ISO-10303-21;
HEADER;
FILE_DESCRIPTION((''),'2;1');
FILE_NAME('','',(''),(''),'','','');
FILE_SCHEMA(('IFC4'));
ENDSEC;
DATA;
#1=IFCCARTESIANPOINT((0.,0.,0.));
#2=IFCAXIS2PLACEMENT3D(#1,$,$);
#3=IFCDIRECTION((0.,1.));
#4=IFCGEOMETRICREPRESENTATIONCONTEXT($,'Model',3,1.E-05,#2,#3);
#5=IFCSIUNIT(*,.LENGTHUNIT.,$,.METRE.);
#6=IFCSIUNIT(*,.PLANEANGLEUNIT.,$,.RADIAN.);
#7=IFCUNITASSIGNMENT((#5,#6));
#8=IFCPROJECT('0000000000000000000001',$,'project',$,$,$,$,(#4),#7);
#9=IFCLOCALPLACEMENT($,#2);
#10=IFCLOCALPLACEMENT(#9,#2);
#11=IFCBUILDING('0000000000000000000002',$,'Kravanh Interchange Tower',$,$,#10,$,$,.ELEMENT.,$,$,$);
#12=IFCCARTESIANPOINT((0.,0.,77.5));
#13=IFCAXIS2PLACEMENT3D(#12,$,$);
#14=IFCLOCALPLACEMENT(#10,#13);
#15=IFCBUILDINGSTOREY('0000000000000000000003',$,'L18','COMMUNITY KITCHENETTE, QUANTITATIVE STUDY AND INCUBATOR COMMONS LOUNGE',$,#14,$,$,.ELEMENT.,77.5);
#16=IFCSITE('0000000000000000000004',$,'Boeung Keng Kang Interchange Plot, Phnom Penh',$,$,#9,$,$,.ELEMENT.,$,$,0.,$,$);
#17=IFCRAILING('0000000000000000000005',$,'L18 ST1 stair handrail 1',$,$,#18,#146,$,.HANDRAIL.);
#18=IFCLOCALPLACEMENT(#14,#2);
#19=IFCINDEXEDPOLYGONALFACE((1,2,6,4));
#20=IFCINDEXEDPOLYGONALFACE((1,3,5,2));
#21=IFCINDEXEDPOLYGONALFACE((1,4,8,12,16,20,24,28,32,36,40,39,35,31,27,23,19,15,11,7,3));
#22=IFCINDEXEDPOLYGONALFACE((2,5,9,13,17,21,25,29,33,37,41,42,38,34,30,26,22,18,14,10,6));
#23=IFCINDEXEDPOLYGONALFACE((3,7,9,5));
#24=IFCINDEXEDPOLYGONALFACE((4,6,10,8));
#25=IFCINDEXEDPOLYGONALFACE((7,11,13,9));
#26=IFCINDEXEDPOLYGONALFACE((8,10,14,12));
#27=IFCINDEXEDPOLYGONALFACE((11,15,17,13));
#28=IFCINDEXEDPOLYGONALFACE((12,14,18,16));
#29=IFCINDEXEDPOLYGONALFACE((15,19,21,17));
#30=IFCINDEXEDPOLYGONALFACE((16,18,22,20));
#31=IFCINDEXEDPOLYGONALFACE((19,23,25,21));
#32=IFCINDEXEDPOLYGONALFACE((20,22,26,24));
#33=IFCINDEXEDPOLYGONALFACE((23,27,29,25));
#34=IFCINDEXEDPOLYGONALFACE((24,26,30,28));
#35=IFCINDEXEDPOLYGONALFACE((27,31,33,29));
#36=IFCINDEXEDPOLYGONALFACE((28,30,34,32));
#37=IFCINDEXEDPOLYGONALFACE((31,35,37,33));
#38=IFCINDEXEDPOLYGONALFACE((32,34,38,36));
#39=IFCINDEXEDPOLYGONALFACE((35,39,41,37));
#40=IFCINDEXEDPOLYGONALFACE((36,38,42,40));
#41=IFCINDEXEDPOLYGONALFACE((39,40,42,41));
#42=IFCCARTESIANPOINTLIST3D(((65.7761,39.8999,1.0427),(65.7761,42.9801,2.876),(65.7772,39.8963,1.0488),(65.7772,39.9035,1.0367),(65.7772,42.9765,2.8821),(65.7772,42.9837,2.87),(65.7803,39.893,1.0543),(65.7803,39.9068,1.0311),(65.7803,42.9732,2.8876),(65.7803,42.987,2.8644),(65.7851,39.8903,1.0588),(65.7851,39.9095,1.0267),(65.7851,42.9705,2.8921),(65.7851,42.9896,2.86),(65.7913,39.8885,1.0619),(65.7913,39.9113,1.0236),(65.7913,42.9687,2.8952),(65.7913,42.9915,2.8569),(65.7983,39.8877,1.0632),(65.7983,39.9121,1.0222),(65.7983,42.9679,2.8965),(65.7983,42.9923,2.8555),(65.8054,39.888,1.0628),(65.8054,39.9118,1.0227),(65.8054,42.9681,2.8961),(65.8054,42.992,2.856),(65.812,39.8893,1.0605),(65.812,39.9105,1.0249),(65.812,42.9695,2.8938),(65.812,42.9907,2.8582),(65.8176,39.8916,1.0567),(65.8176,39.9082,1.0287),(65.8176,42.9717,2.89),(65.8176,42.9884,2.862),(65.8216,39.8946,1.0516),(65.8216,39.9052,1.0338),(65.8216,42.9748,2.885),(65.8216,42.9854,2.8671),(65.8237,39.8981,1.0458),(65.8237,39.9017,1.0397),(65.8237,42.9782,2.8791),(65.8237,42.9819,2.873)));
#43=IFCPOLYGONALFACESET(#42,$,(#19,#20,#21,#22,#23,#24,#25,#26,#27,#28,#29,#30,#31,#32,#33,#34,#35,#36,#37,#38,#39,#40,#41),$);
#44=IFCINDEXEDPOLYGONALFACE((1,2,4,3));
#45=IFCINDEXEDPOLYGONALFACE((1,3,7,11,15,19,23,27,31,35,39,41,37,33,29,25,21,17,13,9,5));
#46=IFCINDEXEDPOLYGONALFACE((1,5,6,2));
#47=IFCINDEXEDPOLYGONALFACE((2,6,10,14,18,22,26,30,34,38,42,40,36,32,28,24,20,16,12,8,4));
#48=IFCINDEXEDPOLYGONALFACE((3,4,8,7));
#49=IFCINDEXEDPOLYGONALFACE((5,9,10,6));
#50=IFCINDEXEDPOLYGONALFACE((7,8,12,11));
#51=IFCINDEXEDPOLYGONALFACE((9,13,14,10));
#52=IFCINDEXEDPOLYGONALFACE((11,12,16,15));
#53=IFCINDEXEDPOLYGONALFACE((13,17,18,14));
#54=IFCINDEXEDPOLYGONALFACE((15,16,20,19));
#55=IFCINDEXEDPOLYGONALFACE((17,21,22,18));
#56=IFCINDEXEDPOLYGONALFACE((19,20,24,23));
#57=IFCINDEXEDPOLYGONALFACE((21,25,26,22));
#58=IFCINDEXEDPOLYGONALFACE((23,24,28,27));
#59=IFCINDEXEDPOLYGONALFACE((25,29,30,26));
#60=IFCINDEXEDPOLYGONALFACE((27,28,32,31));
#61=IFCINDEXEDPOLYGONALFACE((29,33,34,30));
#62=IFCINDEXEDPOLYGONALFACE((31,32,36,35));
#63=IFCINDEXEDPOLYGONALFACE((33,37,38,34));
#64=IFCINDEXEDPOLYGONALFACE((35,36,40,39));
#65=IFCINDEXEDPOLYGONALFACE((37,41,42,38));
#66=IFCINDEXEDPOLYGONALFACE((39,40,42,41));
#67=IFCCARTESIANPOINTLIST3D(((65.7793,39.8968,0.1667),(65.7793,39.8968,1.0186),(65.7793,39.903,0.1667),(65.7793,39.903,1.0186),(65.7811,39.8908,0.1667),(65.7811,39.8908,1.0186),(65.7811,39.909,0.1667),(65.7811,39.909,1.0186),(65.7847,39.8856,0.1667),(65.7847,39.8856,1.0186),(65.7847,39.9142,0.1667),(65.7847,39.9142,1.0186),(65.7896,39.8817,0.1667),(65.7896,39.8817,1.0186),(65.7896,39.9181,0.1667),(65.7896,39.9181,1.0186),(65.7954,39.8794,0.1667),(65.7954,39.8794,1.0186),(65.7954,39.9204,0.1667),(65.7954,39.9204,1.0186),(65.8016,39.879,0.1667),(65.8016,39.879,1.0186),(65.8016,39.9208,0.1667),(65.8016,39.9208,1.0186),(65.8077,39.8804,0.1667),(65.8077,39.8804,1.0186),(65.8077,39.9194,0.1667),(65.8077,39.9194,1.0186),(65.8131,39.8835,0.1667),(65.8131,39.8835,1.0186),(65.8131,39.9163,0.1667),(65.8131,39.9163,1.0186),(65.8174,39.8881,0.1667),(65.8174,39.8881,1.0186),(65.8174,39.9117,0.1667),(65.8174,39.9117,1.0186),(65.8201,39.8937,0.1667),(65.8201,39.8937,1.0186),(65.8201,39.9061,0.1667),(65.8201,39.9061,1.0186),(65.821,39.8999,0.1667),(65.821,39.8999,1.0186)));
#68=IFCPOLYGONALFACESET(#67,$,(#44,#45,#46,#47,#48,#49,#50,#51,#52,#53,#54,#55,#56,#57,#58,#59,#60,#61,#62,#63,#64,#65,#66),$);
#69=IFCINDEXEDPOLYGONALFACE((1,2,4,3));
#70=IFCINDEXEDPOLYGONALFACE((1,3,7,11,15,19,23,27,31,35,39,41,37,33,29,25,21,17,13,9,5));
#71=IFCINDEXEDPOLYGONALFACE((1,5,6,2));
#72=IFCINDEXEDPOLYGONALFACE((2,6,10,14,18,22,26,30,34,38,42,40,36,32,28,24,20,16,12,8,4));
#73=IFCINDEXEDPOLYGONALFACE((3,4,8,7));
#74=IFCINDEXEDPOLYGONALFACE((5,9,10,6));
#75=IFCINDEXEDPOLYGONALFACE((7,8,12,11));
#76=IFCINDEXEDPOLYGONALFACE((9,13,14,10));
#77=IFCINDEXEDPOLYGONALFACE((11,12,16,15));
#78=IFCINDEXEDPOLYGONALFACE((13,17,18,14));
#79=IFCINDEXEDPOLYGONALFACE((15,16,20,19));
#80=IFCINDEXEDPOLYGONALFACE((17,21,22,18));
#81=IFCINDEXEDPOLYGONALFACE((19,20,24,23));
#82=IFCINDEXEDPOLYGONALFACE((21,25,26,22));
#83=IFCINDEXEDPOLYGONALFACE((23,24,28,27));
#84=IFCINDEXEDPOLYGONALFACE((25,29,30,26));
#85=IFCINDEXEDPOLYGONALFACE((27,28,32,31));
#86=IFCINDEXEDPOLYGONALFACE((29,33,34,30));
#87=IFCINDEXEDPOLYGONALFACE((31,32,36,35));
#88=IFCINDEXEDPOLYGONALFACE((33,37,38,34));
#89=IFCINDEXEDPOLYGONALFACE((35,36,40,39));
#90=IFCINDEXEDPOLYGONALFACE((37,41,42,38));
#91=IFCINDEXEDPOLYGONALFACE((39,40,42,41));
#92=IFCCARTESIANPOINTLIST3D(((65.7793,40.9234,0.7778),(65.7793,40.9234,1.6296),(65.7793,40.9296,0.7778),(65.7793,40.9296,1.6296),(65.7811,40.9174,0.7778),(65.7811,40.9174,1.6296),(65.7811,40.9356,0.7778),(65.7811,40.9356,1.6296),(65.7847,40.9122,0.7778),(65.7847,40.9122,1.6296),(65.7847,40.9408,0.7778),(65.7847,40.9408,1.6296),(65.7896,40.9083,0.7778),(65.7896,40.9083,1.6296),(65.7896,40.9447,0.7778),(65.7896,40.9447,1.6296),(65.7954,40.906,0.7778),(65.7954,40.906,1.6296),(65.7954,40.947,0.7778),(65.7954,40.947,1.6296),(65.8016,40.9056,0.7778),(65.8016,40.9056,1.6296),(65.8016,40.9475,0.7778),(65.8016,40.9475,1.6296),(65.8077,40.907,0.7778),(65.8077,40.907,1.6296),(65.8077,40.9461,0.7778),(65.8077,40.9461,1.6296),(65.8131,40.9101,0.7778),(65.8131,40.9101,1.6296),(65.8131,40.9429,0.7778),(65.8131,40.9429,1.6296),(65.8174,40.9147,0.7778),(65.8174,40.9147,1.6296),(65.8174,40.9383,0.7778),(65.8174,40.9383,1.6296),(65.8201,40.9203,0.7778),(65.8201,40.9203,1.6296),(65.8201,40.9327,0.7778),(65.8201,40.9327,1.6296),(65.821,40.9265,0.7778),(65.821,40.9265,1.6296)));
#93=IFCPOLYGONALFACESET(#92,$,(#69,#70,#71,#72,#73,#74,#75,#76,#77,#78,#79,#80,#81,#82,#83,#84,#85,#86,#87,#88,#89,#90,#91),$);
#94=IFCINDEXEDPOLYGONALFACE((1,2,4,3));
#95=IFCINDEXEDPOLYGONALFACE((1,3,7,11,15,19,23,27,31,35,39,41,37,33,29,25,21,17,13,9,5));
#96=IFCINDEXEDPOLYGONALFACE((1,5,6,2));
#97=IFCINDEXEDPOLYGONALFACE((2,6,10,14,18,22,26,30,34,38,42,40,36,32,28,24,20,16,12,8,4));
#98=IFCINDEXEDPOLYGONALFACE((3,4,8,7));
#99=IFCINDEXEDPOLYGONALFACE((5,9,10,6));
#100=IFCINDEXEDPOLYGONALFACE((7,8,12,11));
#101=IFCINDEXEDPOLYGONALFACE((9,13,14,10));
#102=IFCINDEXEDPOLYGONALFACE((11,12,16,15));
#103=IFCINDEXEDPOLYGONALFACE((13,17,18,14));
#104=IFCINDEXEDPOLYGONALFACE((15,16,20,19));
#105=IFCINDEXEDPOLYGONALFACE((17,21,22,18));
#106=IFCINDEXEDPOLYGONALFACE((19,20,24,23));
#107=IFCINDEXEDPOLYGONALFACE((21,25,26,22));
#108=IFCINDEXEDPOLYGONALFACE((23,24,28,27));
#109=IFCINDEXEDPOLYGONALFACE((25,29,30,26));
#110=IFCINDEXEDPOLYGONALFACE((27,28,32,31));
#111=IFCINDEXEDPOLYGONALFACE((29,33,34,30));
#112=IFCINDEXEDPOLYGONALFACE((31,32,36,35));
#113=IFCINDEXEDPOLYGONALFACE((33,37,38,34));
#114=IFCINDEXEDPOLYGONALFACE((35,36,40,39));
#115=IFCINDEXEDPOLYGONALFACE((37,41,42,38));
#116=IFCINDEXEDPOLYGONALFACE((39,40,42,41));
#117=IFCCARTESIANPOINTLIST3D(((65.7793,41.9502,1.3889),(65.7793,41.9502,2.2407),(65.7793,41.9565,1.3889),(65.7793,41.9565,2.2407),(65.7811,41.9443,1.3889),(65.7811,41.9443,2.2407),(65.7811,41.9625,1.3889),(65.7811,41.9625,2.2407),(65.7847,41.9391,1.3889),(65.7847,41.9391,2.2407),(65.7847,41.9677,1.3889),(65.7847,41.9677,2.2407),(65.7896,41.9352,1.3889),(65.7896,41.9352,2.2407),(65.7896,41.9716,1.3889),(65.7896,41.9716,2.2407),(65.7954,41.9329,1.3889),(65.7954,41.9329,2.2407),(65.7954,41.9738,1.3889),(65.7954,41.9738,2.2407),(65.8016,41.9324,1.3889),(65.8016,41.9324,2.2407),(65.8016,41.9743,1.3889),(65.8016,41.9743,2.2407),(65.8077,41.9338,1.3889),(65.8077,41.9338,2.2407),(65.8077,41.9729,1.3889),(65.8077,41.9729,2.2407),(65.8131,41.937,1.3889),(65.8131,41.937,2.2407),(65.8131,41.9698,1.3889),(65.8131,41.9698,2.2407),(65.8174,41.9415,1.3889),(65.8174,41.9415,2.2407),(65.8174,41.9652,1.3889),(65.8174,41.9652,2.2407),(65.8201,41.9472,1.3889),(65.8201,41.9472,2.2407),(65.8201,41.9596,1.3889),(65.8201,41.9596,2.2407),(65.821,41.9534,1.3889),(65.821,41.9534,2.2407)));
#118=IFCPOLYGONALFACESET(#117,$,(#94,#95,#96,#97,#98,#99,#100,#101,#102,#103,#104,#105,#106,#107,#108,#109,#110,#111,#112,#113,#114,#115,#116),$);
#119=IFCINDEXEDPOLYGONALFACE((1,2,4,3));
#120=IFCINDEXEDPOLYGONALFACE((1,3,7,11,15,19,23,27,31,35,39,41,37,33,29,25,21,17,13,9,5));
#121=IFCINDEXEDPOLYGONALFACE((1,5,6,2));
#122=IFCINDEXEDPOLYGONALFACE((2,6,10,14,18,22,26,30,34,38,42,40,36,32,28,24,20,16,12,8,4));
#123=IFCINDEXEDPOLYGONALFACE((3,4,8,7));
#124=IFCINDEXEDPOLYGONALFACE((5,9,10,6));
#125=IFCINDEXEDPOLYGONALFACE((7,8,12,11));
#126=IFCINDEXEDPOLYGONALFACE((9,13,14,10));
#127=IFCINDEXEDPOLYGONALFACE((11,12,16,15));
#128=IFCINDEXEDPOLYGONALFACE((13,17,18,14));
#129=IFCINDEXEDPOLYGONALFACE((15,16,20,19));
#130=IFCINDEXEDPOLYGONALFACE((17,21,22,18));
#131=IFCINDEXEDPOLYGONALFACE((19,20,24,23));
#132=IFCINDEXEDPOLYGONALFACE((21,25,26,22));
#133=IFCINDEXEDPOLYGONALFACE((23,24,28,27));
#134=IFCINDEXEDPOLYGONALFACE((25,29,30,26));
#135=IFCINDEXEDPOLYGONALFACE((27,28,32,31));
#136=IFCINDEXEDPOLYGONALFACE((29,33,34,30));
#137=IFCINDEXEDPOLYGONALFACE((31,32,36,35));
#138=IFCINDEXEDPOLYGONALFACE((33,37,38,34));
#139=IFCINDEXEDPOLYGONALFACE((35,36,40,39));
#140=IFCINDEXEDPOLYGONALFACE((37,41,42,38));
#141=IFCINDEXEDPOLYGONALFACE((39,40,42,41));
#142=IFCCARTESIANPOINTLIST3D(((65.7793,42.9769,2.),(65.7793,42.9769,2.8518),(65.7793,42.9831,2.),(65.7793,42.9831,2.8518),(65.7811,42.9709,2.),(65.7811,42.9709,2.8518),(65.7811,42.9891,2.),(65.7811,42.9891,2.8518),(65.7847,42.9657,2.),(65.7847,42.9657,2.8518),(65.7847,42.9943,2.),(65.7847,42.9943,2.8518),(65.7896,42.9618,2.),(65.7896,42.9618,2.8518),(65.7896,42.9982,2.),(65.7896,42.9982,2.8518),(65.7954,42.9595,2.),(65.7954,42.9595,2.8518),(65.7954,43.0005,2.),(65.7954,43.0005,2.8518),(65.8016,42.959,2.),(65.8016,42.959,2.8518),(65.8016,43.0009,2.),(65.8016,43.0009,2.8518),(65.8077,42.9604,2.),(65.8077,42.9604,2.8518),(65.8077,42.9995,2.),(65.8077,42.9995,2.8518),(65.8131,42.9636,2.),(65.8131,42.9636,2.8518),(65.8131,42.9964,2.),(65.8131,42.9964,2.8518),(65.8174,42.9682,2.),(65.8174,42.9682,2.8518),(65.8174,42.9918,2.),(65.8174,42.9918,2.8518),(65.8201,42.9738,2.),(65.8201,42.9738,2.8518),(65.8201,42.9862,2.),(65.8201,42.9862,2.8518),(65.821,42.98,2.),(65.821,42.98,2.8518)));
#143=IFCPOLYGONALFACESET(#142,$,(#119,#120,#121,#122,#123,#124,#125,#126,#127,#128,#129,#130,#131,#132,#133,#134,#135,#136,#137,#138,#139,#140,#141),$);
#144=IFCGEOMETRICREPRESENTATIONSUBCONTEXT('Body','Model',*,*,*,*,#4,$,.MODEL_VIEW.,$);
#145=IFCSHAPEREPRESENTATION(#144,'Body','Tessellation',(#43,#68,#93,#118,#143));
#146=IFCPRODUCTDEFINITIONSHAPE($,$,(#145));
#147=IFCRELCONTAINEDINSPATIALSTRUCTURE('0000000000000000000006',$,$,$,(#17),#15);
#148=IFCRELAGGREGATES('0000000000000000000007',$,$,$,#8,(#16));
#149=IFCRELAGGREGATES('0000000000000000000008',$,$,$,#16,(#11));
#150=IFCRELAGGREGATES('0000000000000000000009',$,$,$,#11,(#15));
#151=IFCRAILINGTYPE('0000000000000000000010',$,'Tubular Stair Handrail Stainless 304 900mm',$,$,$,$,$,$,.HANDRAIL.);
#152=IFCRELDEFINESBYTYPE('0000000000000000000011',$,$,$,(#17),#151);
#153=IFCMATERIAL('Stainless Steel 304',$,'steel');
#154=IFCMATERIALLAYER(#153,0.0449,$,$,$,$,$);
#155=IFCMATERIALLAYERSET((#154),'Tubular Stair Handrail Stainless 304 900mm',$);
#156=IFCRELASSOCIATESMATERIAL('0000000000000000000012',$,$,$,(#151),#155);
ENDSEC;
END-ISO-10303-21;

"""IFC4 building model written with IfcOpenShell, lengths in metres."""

from ifc_helpers import new_model, si_unit, direction, frame, origin, origin_2d, place, context, subcontext, project, spatial, circle, extrude, material, layer, layer_set, type_object, element, save


model = new_model("IFC4")

# Units and contexts
model_context = context("Model", 3, precision=1e-05, world=origin(), true_north=direction((0.0, 1.0)))
body_context = subcontext(model_context, "Body", "Model", "MODEL_VIEW")
ifc_project = project(units=[si_unit("LENGTHUNIT", "METRE"), si_unit("PLANEANGLEUNIT", "RADIAN")], contexts=[model_context])

# Site, building, storey
site_placement = place(None, origin())
site = spatial("IfcSite", under=ifc_project, at=site_placement, Name="Boeung Keng Kang Interchange Plot, Phnom Penh", CompositionType="ELEMENT", RefElevation=0.0)
building_placement = place(site_placement, origin())
building = spatial("IfcBuilding", under=site, at=building_placement, Name="Kravanh Interchange Tower", CompositionType="ELEMENT")
storey_placement = place(building_placement, frame((0.0, 0.0, 77.5)))
storey = spatial("IfcBuildingStorey", under=building, at=storey_placement, Name="L18", Description="COMMUNITY KITCHENETTE, QUANTITATIVE STUDY AND INCUBATOR COMMONS LOUNGE", CompositionType="ELEMENT", Elevation=77.5)

# Railing
ifc_material_1 = material(Name="Stainless Steel 304", Category="steel")
ifc_layer_1 = layer(ifc_material_1, 0.0449)
ifc_layer_set_1 = layer_set([ifc_layer_1], Name="Tubular Stair Handrail Stainless 304 900mm")
railing_type_1 = type_object("IfcRailingType", Name="Tubular Stair Handrail Stainless 304 900mm", PredefinedType="HANDRAIL", material=ifc_layer_set_1)
railing_1_placement = place(storey_placement, frame((65.8, 39.8999, 0.1667)))
element("IfcRailing", 1, at=railing_1_placement, inside=storey, type_object=railing_type_1, Name="L18 ST1 stair handrail 1", PredefinedType="HANDRAIL", context=body_context, shape_type="SweptSolid", body=[
    extrude(circle(Radius=0.0239, at=origin_2d()), frame((0.0, 0.0, 0.876), z_axis=(0.0, 0.859309, 0.511458), x_axis=(-1.0, 0.0, 0.0)), (0.0, 0.0, 1.0), 3.5845),
    extrude(circle(Radius=0.021, at=origin_2d()), origin(), (0.0, 0.0, 1.0), 0.8518),
    extrude(circle(Radius=0.021, at=origin_2d()), frame((0.0, 1.0266, 0.6111)), (0.0, 0.0, 1.0), 0.8518),
    extrude(circle(Radius=0.021, at=origin_2d()), frame((0.0, 2.0535, 1.2222)), (0.0, 0.0, 1.0), 0.8518),
    extrude(circle(Radius=0.021, at=origin_2d()), frame((0.0, 3.0801, 1.8333)), (0.0, 0.0, 1.0), 0.8518),
])

save(model, "model.ifc")
